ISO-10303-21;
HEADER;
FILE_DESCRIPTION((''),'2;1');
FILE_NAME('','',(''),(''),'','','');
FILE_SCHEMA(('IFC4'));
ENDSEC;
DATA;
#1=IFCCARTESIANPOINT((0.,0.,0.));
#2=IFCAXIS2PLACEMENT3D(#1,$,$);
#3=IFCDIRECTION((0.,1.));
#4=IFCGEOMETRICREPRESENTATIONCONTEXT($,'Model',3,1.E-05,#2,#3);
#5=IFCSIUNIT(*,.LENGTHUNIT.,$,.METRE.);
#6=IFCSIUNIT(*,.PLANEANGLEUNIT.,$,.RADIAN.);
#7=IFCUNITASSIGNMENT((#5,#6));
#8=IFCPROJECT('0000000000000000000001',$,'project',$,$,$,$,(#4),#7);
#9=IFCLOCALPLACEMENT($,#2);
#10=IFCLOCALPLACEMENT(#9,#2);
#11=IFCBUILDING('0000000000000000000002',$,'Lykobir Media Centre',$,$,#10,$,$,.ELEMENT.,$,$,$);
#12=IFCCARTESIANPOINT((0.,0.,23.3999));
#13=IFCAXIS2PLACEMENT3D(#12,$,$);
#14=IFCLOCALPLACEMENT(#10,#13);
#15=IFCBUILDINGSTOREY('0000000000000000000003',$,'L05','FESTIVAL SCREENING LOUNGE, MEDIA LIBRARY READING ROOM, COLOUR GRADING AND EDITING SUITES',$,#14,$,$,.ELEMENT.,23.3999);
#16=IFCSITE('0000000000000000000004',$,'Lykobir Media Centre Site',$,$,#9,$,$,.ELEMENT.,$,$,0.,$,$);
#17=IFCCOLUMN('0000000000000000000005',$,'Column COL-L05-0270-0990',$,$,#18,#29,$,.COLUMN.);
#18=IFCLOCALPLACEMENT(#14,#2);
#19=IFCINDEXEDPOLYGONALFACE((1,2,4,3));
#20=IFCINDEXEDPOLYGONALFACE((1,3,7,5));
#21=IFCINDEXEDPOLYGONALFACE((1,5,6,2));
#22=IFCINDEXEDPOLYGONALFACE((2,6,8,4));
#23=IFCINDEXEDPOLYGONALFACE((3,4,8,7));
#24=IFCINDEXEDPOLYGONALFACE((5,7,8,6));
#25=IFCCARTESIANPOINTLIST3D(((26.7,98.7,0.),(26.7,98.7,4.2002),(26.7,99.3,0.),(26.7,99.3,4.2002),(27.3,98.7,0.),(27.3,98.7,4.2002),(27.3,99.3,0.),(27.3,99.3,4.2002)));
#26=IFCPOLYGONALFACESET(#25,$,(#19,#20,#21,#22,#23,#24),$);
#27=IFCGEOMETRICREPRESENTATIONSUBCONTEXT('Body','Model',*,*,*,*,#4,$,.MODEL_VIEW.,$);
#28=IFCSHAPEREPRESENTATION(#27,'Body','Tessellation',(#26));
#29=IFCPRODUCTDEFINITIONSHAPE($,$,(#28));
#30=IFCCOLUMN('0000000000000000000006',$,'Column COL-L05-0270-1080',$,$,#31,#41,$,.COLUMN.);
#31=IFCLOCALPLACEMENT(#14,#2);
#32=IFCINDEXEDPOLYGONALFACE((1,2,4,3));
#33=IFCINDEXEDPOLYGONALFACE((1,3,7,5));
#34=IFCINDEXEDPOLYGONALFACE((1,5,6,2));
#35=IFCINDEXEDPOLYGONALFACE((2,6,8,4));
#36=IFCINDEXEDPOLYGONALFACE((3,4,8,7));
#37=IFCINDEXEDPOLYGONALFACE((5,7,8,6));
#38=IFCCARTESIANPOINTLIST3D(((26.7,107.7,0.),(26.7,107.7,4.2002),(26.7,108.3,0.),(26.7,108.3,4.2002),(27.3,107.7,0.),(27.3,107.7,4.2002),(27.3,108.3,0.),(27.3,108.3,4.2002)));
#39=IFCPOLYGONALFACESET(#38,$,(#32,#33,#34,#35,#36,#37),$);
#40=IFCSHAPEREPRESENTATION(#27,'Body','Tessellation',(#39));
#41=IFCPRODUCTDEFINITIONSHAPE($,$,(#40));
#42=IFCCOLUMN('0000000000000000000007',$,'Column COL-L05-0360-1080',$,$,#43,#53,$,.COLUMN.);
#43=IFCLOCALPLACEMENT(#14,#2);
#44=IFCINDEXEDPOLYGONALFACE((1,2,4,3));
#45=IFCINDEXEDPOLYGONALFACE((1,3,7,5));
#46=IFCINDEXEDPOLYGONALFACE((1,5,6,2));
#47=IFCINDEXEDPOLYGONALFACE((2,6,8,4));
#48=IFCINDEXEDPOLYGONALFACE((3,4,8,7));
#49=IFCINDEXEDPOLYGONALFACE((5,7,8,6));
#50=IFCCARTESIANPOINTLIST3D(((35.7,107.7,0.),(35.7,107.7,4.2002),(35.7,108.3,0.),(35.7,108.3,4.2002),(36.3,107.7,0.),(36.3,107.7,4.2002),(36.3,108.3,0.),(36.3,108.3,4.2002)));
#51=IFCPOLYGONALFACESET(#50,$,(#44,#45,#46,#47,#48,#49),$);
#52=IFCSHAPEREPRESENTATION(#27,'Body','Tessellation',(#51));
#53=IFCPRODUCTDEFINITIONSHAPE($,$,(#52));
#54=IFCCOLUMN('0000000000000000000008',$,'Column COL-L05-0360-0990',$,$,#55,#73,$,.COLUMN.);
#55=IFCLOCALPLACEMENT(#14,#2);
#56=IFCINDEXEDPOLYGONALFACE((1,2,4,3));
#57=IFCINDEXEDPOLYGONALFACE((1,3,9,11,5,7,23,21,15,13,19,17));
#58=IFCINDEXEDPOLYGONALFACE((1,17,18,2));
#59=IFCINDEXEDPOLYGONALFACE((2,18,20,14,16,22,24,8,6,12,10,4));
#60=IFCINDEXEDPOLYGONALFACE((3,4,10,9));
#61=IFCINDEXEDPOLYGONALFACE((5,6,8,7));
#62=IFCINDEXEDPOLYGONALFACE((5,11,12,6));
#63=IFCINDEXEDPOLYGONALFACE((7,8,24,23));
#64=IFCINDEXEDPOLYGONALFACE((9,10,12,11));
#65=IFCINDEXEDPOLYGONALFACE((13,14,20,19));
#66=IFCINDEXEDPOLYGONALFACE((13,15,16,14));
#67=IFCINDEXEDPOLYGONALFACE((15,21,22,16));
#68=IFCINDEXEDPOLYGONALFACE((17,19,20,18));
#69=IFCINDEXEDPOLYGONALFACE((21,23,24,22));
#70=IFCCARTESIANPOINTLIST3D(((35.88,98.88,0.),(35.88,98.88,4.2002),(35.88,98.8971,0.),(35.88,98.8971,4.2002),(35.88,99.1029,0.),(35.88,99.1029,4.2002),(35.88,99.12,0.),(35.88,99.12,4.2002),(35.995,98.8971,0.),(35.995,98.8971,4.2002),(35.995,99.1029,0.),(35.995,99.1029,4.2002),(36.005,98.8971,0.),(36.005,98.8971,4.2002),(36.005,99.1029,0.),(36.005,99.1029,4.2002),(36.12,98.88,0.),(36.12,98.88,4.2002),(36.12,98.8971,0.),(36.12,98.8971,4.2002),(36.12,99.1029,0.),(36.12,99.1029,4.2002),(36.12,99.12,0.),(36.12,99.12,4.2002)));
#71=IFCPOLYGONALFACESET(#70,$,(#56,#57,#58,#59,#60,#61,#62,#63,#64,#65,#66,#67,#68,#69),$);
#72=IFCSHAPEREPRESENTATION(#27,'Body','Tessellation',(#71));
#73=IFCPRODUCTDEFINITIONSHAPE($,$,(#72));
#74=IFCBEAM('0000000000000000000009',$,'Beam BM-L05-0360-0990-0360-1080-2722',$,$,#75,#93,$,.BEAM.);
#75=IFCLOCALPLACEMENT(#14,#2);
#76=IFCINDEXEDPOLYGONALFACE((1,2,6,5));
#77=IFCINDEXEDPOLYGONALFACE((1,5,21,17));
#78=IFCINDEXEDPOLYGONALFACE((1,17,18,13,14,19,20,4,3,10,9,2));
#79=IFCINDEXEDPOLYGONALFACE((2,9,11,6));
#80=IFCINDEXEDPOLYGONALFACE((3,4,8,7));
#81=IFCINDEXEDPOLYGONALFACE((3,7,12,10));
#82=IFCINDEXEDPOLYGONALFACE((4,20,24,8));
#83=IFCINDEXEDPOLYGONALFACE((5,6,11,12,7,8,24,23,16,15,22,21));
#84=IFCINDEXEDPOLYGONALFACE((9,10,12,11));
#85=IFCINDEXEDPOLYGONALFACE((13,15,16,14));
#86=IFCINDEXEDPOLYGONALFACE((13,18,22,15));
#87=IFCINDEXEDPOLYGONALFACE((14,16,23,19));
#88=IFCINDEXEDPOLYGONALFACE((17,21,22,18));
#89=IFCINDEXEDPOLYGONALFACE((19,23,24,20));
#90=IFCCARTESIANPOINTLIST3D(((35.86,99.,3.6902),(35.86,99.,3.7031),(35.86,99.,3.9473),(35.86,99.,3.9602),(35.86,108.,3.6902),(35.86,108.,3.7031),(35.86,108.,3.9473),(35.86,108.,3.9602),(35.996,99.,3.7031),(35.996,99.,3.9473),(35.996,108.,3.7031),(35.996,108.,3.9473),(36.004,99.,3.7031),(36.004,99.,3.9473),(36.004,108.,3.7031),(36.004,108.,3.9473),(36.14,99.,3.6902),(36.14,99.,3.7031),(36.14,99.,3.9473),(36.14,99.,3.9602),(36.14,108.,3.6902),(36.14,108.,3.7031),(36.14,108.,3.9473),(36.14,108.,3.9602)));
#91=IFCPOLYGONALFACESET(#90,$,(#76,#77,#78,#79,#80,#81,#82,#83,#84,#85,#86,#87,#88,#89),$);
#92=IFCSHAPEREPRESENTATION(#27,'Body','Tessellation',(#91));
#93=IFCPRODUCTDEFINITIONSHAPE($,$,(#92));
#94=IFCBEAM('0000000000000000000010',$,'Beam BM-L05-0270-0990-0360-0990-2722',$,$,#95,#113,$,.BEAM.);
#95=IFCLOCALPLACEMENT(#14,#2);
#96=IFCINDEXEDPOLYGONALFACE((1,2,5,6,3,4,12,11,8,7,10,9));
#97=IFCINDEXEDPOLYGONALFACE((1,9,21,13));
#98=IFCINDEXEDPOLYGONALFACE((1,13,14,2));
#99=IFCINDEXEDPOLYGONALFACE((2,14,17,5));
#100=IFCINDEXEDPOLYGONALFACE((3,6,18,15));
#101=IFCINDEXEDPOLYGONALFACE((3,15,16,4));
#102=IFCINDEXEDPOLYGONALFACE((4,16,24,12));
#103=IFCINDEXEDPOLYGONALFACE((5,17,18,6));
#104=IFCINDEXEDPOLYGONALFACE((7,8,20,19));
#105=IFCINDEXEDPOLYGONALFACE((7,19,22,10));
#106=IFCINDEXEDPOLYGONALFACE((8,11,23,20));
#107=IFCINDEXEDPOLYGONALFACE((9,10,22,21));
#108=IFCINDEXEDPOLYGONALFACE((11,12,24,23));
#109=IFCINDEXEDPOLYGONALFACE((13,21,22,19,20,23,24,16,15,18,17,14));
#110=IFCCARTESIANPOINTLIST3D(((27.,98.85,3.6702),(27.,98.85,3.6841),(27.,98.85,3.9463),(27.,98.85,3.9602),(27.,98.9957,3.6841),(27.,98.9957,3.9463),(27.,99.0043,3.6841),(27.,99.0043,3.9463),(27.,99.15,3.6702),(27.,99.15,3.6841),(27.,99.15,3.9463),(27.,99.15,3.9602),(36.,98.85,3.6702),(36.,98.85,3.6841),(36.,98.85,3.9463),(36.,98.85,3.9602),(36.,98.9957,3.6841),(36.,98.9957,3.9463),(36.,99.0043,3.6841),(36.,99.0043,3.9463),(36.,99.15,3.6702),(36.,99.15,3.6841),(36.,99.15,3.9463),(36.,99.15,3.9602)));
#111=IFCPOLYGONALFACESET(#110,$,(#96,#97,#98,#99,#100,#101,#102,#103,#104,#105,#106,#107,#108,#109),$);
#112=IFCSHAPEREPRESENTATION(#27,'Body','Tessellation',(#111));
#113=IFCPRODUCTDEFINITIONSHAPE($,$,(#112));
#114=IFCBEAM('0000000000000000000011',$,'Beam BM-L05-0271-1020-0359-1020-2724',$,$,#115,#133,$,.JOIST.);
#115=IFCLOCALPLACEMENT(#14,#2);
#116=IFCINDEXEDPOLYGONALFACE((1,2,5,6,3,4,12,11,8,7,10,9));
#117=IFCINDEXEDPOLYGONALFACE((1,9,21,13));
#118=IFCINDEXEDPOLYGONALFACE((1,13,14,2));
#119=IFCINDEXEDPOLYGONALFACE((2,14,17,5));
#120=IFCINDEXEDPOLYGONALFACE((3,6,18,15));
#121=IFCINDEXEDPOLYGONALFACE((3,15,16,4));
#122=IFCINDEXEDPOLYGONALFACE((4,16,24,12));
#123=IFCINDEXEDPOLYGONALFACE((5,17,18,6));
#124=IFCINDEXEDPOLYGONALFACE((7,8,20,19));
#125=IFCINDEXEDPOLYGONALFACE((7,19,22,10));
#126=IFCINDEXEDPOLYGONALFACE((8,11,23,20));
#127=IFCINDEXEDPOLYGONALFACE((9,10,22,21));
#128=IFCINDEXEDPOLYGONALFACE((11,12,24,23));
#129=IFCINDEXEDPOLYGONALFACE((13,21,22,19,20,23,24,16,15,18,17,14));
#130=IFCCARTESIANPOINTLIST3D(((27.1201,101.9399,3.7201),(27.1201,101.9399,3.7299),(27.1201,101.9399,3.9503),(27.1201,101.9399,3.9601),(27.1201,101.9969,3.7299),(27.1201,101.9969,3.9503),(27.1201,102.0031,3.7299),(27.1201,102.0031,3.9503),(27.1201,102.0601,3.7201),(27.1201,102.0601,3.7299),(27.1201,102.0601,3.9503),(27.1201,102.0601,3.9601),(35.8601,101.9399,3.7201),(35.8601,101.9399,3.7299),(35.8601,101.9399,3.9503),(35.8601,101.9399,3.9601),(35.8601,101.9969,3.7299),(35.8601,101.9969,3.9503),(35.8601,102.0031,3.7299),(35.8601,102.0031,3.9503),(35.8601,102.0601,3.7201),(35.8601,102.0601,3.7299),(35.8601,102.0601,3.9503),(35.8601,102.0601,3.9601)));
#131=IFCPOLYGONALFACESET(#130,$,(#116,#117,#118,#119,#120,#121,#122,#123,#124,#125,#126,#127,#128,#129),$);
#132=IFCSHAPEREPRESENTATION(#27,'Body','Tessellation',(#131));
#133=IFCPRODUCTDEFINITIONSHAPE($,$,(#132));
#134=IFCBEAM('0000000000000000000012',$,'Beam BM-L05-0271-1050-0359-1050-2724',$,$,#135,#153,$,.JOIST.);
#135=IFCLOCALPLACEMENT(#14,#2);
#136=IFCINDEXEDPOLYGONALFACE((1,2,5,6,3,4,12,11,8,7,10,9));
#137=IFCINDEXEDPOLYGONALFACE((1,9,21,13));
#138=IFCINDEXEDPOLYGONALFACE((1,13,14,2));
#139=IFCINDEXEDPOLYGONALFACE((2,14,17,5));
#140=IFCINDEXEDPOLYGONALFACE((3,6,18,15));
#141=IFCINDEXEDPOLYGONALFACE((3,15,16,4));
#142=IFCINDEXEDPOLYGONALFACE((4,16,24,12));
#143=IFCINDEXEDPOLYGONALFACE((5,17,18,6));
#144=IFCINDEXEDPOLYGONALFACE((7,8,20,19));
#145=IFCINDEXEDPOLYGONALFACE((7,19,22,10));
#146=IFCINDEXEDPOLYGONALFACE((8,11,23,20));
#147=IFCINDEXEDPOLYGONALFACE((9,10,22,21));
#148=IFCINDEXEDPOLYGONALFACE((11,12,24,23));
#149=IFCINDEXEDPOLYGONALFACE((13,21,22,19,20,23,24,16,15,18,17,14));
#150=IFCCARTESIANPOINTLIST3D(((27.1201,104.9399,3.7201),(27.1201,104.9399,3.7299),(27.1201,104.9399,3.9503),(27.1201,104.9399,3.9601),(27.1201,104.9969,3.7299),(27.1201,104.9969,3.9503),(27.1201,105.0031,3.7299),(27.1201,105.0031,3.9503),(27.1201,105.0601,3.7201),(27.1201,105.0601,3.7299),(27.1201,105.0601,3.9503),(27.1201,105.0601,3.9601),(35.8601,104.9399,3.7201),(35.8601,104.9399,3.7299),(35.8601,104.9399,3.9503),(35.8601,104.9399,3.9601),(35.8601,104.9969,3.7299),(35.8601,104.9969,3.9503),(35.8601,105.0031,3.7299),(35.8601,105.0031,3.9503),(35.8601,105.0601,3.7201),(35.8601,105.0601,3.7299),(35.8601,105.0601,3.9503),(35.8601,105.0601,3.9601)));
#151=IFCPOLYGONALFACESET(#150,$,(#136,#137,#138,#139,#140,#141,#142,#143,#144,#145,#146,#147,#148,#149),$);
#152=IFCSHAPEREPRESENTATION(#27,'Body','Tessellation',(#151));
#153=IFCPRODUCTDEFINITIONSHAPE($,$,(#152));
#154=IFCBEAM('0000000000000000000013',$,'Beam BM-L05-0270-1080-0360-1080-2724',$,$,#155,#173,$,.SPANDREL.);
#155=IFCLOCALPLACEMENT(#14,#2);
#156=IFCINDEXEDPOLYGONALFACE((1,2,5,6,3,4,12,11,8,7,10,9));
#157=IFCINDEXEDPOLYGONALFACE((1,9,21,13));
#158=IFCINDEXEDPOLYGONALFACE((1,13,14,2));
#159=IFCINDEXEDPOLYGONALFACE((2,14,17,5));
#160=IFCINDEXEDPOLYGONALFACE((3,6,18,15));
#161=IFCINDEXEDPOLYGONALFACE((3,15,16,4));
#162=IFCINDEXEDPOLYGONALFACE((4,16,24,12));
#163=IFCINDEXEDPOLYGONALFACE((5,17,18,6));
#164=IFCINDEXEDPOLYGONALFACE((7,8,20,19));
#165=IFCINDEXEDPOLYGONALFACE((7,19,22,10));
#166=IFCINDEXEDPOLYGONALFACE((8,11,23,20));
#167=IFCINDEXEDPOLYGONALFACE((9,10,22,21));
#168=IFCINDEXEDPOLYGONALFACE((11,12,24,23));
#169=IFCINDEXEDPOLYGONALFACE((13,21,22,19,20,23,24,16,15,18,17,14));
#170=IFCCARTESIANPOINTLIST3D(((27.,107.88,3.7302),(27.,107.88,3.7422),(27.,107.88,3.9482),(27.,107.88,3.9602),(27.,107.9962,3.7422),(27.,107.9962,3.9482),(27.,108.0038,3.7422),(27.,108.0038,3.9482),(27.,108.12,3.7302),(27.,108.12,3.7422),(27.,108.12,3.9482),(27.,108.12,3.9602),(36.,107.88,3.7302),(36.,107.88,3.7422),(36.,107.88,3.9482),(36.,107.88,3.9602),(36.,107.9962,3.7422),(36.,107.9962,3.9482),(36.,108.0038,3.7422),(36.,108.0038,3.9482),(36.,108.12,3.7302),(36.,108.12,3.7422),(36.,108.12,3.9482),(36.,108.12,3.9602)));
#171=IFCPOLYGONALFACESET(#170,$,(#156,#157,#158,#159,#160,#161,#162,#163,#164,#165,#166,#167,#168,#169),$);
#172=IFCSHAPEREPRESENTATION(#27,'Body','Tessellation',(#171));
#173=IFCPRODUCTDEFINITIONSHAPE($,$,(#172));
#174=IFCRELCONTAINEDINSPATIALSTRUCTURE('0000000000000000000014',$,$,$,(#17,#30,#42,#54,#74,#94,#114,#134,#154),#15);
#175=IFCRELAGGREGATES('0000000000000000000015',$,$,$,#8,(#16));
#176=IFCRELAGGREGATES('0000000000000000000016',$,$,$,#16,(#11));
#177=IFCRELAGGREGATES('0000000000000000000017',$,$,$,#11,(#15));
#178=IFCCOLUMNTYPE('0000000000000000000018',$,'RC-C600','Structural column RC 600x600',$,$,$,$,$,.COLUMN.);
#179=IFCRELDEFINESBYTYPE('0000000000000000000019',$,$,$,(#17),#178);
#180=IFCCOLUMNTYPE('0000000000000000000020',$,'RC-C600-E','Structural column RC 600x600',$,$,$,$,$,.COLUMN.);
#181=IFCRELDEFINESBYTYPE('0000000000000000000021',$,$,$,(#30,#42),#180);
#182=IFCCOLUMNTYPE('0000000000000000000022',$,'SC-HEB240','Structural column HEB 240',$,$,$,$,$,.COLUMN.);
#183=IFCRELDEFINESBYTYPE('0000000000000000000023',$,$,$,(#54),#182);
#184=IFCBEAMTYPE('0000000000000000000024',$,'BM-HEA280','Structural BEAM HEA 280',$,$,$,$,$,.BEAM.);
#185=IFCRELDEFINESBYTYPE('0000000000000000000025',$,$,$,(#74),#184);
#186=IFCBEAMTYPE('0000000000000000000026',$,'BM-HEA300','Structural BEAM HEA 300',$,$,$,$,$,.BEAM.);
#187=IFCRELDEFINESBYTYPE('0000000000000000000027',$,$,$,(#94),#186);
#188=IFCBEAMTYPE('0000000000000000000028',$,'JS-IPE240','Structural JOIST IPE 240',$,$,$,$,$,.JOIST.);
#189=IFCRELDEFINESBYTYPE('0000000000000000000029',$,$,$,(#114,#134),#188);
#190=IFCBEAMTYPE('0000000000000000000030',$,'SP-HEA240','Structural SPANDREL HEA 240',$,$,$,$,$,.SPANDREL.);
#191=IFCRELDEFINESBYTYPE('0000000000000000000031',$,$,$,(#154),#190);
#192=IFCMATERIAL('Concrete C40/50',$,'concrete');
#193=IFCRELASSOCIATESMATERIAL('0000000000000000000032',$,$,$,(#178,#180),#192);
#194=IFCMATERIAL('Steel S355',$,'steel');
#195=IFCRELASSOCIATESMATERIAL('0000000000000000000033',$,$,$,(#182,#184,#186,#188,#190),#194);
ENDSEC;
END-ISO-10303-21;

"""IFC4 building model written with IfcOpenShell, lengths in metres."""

from ifc_helpers import new_model, si_unit, direction, frame, origin, origin_2d, place, context, subcontext, project, spatial, rectangle, i_section, extrude, material, material_profile, profile_set, type_object, element, save


model = new_model("IFC4")

# Units and contexts
model_context = context("Model", 3, precision=1e-05, world=origin(), true_north=direction((0.0, 1.0)))
body_context = subcontext(model_context, "Body", "Model", "MODEL_VIEW")
ifc_project = project(units=[si_unit("LENGTHUNIT", "METRE"), si_unit("PLANEANGLEUNIT", "RADIAN")], contexts=[model_context])

# Site, building, storey
site_placement = place(None, origin())
site = spatial("IfcSite", under=ifc_project, at=site_placement, Name="Lykobir Media Centre Site", CompositionType="ELEMENT", RefElevation=0.0)
building_placement = place(site_placement, origin())
building = spatial("IfcBuilding", under=site, at=building_placement, Name="Lykobir Media Centre", CompositionType="ELEMENT")
storey_placement = place(building_placement, frame((0.0, 0.0, 23.3999)))
storey = spatial("IfcBuildingStorey", under=building, at=storey_placement, Name="L05", Description="FESTIVAL SCREENING LOUNGE, MEDIA LIBRARY READING ROOM, COLOUR GRADING AND EDITING SUITES", CompositionType="ELEMENT", Elevation=23.3999)

# Columns
ifc_material_1 = material(Name="Concrete C40/50", Category="concrete")
ifc_material_profile_1 = material_profile(ifc_material_1, rectangle(XDim=0.6001, YDim=0.6001, at=origin_2d()), Name="RC 600x600")
ifc_profile_set_1 = profile_set([ifc_material_profile_1], Name="Concrete C40/50")
column_type_1 = type_object("IfcColumnType", Name="RC-C600", Description="Structural column RC 600x600", PredefinedType="COLUMN", material=ifc_profile_set_1)
column_1_placement = place(storey_placement, frame((27.0, 99.0, 0.0), z_axis=(0.0, 0.0, 1.0), x_axis=(1.0, 0.0, 0.0)))
element("IfcColumn", 1, at=column_1_placement, inside=storey, type_object=column_type_1, Name="Column COL-L05-0270-0990", PredefinedType="COLUMN", context=body_context, shape_type="SweptSolid", body=[
    extrude(rectangle(XDim=0.6001, YDim=0.6001, at=origin_2d()), origin(), (0.0, 0.0, 1.0), 4.2002),
])
ifc_material_profile_2 = material_profile(ifc_material_1, rectangle(XDim=0.6001, YDim=0.6001, at=origin_2d()), Name="RC 600x600")
ifc_profile_set_2 = profile_set([ifc_material_profile_2], Name="Concrete C40/50")
column_type_2 = type_object("IfcColumnType", Name="RC-C600-E", Description="Structural column RC 600x600", PredefinedType="COLUMN", material=ifc_profile_set_2)
for number, where, z_axis, x_axis, name in (
    (2, (27.0, 108.0, 0.0), (0.0, 0.0, 1.0), (1.0, 0.0, 0.0), "Column COL-L05-0270-1080"),
    (3, (36.0, 108.0, 0.0), (0.0, 0.0, 1.0), (1.0, 0.0, 0.0), "Column COL-L05-0360-1080"),
):
    element("IfcColumn", number, at=place(storey_placement, frame(where, z_axis=z_axis, x_axis=x_axis)), inside=storey, type_object=column_type_2, Name=name, PredefinedType="COLUMN", context=body_context, shape_type="SweptSolid", body=[
        extrude(rectangle(XDim=0.6001, YDim=0.6001, at=origin_2d()), origin(), (0.0, 0.0, 1.0), 4.2002),
    ])
ifc_material_2 = material(Name="Steel S355", Category="steel")
ifc_material_profile_3 = material_profile(ifc_material_2, i_section(OverallWidth=0.24, OverallDepth=0.24, WebThickness=0.01, FlangeThickness=0.0171, at=origin_2d()), Name="HEB 240")
ifc_profile_set_3 = profile_set([ifc_material_profile_3], Name="Steel S355")
column_type_3 = type_object("IfcColumnType", Name="SC-HEB240", Description="Structural column HEB 240", PredefinedType="COLUMN", material=ifc_profile_set_3)
column_2_placement = place(storey_placement, frame((36.0, 99.0, 0.0), z_axis=(0.0, 0.0, 1.0), x_axis=(1.0, 0.0, 0.0)))
element("IfcColumn", 4, at=column_2_placement, inside=storey, type_object=column_type_3, Name="Column COL-L05-0360-0990", PredefinedType="COLUMN", context=body_context, shape_type="SweptSolid", body=[
    extrude(i_section(OverallWidth=0.24, OverallDepth=0.24, WebThickness=0.01, FlangeThickness=0.0171, at=origin_2d()), origin(), (0.0, 0.0, 1.0), 4.2002),
])

# Beams
ifc_material_profile_4 = material_profile(ifc_material_2, i_section(OverallWidth=0.28, OverallDepth=0.27, WebThickness=0.0081, FlangeThickness=0.0129, at=origin_2d()), Name="HEA 280")
ifc_profile_set_4 = profile_set([ifc_material_profile_4], Name="Steel S355")
beam_type_1 = type_object("IfcBeamType", Name="BM-HEA280", Description="Structural BEAM HEA 280", PredefinedType="BEAM", material=ifc_profile_set_4)
beam_1_placement = place(storey_placement, frame((36.0, 99.0, 3.8252), z_axis=(0.0, 1.0, 0.0), x_axis=(-1.0, 0.0, 0.0)))
element("IfcBeam", 5, at=beam_1_placement, inside=storey, type_object=beam_type_1, Name="Beam BM-L05-0360-0990-0360-1080-2722", PredefinedType="BEAM", context=body_context, shape_type="SweptSolid", body=[
    extrude(i_section(OverallWidth=0.28, OverallDepth=0.27, WebThickness=0.0081, FlangeThickness=0.0129, at=origin_2d()), origin(), (0.0, 0.0, 1.0), 9.0),
])
ifc_material_profile_5 = material_profile(ifc_material_2, i_section(OverallWidth=0.3, OverallDepth=0.29, WebThickness=0.0085, FlangeThickness=0.0139, at=origin_2d()), Name="HEA 300")
ifc_profile_set_5 = profile_set([ifc_material_profile_5], Name="Steel S355")
beam_type_2 = type_object("IfcBeamType", Name="BM-HEA300", Description="Structural BEAM HEA 300", PredefinedType="BEAM", material=ifc_profile_set_5)
beam_2_placement = place(storey_placement, frame((27.0, 99.0, 3.8152), z_axis=(1.0, 0.0, 0.0), x_axis=(0.0, 1.0, 0.0)))
element("IfcBeam", 6, at=beam_2_placement, inside=storey, type_object=beam_type_2, Name="Beam BM-L05-0270-0990-0360-0990-2722", PredefinedType="BEAM", context=body_context, shape_type="SweptSolid", body=[
    extrude(i_section(OverallWidth=0.3, OverallDepth=0.29, WebThickness=0.0085, FlangeThickness=0.0139, at=origin_2d()), origin(), (0.0, 0.0, 1.0), 9.0),
])
ifc_material_profile_6 = material_profile(ifc_material_2, i_section(OverallWidth=0.1201, OverallDepth=0.24, WebThickness=0.0061, FlangeThickness=0.0098, at=origin_2d()), Name="IPE 240")
ifc_profile_set_6 = profile_set([ifc_material_profile_6], Name="Steel S355")
beam_type_3 = type_object("IfcBeamType", Name="JS-IPE240", Description="Structural JOIST IPE 240", PredefinedType="JOIST", material=ifc_profile_set_6)
for number, where, z_axis, x_axis, name in (
    (7, (27.1201, 102.0, 3.8401), (1.0, 0.0, 0.0), (0.0, 1.0, 0.0), "Beam BM-L05-0271-1020-0359-1020-2724"),
    (8, (27.1201, 105.0, 3.8401), (1.0, 0.0, 0.0), (0.0, 1.0, 0.0), "Beam BM-L05-0271-1050-0359-1050-2724"),
):
    element("IfcBeam", number, at=place(storey_placement, frame(where, z_axis=z_axis, x_axis=x_axis)), inside=storey, type_object=beam_type_3, Name=name, PredefinedType="JOIST", context=body_context, shape_type="SweptSolid", body=[
        extrude(i_section(OverallWidth=0.1201, OverallDepth=0.24, WebThickness=0.0061, FlangeThickness=0.0098, at=origin_2d()), origin(), (0.0, 0.0, 1.0), 8.74),
    ])
ifc_material_profile_7 = material_profile(ifc_material_2, i_section(OverallWidth=0.24, OverallDepth=0.23, WebThickness=0.0076, FlangeThickness=0.012, at=origin_2d()), Name="HEA 240")
ifc_profile_set_7 = profile_set([ifc_material_profile_7], Name="Steel S355")
beam_type_4 = type_object("IfcBeamType", Name="SP-HEA240", Description="Structural SPANDREL HEA 240", PredefinedType="SPANDREL", material=ifc_profile_set_7)
for number, where, z_axis, x_axis, name in (
    (9, (27.0, 108.0, 3.8452), (1.0, 0.0, 0.0), (0.0, 1.0, 0.0), "Beam BM-L05-0270-1080-0360-1080-2724"),
):
    element("IfcBeam", number, at=place(storey_placement, frame(where, z_axis=z_axis, x_axis=x_axis)), inside=storey, type_object=beam_type_4, Name=name, PredefinedType="SPANDREL", context=body_context, shape_type="SweptSolid", body=[
        extrude(i_section(OverallWidth=0.24, OverallDepth=0.23, WebThickness=0.0076, FlangeThickness=0.012, at=origin_2d()), origin(), (0.0, 0.0, 1.0), 9.0),
    ])

save(model, "model.ifc")
